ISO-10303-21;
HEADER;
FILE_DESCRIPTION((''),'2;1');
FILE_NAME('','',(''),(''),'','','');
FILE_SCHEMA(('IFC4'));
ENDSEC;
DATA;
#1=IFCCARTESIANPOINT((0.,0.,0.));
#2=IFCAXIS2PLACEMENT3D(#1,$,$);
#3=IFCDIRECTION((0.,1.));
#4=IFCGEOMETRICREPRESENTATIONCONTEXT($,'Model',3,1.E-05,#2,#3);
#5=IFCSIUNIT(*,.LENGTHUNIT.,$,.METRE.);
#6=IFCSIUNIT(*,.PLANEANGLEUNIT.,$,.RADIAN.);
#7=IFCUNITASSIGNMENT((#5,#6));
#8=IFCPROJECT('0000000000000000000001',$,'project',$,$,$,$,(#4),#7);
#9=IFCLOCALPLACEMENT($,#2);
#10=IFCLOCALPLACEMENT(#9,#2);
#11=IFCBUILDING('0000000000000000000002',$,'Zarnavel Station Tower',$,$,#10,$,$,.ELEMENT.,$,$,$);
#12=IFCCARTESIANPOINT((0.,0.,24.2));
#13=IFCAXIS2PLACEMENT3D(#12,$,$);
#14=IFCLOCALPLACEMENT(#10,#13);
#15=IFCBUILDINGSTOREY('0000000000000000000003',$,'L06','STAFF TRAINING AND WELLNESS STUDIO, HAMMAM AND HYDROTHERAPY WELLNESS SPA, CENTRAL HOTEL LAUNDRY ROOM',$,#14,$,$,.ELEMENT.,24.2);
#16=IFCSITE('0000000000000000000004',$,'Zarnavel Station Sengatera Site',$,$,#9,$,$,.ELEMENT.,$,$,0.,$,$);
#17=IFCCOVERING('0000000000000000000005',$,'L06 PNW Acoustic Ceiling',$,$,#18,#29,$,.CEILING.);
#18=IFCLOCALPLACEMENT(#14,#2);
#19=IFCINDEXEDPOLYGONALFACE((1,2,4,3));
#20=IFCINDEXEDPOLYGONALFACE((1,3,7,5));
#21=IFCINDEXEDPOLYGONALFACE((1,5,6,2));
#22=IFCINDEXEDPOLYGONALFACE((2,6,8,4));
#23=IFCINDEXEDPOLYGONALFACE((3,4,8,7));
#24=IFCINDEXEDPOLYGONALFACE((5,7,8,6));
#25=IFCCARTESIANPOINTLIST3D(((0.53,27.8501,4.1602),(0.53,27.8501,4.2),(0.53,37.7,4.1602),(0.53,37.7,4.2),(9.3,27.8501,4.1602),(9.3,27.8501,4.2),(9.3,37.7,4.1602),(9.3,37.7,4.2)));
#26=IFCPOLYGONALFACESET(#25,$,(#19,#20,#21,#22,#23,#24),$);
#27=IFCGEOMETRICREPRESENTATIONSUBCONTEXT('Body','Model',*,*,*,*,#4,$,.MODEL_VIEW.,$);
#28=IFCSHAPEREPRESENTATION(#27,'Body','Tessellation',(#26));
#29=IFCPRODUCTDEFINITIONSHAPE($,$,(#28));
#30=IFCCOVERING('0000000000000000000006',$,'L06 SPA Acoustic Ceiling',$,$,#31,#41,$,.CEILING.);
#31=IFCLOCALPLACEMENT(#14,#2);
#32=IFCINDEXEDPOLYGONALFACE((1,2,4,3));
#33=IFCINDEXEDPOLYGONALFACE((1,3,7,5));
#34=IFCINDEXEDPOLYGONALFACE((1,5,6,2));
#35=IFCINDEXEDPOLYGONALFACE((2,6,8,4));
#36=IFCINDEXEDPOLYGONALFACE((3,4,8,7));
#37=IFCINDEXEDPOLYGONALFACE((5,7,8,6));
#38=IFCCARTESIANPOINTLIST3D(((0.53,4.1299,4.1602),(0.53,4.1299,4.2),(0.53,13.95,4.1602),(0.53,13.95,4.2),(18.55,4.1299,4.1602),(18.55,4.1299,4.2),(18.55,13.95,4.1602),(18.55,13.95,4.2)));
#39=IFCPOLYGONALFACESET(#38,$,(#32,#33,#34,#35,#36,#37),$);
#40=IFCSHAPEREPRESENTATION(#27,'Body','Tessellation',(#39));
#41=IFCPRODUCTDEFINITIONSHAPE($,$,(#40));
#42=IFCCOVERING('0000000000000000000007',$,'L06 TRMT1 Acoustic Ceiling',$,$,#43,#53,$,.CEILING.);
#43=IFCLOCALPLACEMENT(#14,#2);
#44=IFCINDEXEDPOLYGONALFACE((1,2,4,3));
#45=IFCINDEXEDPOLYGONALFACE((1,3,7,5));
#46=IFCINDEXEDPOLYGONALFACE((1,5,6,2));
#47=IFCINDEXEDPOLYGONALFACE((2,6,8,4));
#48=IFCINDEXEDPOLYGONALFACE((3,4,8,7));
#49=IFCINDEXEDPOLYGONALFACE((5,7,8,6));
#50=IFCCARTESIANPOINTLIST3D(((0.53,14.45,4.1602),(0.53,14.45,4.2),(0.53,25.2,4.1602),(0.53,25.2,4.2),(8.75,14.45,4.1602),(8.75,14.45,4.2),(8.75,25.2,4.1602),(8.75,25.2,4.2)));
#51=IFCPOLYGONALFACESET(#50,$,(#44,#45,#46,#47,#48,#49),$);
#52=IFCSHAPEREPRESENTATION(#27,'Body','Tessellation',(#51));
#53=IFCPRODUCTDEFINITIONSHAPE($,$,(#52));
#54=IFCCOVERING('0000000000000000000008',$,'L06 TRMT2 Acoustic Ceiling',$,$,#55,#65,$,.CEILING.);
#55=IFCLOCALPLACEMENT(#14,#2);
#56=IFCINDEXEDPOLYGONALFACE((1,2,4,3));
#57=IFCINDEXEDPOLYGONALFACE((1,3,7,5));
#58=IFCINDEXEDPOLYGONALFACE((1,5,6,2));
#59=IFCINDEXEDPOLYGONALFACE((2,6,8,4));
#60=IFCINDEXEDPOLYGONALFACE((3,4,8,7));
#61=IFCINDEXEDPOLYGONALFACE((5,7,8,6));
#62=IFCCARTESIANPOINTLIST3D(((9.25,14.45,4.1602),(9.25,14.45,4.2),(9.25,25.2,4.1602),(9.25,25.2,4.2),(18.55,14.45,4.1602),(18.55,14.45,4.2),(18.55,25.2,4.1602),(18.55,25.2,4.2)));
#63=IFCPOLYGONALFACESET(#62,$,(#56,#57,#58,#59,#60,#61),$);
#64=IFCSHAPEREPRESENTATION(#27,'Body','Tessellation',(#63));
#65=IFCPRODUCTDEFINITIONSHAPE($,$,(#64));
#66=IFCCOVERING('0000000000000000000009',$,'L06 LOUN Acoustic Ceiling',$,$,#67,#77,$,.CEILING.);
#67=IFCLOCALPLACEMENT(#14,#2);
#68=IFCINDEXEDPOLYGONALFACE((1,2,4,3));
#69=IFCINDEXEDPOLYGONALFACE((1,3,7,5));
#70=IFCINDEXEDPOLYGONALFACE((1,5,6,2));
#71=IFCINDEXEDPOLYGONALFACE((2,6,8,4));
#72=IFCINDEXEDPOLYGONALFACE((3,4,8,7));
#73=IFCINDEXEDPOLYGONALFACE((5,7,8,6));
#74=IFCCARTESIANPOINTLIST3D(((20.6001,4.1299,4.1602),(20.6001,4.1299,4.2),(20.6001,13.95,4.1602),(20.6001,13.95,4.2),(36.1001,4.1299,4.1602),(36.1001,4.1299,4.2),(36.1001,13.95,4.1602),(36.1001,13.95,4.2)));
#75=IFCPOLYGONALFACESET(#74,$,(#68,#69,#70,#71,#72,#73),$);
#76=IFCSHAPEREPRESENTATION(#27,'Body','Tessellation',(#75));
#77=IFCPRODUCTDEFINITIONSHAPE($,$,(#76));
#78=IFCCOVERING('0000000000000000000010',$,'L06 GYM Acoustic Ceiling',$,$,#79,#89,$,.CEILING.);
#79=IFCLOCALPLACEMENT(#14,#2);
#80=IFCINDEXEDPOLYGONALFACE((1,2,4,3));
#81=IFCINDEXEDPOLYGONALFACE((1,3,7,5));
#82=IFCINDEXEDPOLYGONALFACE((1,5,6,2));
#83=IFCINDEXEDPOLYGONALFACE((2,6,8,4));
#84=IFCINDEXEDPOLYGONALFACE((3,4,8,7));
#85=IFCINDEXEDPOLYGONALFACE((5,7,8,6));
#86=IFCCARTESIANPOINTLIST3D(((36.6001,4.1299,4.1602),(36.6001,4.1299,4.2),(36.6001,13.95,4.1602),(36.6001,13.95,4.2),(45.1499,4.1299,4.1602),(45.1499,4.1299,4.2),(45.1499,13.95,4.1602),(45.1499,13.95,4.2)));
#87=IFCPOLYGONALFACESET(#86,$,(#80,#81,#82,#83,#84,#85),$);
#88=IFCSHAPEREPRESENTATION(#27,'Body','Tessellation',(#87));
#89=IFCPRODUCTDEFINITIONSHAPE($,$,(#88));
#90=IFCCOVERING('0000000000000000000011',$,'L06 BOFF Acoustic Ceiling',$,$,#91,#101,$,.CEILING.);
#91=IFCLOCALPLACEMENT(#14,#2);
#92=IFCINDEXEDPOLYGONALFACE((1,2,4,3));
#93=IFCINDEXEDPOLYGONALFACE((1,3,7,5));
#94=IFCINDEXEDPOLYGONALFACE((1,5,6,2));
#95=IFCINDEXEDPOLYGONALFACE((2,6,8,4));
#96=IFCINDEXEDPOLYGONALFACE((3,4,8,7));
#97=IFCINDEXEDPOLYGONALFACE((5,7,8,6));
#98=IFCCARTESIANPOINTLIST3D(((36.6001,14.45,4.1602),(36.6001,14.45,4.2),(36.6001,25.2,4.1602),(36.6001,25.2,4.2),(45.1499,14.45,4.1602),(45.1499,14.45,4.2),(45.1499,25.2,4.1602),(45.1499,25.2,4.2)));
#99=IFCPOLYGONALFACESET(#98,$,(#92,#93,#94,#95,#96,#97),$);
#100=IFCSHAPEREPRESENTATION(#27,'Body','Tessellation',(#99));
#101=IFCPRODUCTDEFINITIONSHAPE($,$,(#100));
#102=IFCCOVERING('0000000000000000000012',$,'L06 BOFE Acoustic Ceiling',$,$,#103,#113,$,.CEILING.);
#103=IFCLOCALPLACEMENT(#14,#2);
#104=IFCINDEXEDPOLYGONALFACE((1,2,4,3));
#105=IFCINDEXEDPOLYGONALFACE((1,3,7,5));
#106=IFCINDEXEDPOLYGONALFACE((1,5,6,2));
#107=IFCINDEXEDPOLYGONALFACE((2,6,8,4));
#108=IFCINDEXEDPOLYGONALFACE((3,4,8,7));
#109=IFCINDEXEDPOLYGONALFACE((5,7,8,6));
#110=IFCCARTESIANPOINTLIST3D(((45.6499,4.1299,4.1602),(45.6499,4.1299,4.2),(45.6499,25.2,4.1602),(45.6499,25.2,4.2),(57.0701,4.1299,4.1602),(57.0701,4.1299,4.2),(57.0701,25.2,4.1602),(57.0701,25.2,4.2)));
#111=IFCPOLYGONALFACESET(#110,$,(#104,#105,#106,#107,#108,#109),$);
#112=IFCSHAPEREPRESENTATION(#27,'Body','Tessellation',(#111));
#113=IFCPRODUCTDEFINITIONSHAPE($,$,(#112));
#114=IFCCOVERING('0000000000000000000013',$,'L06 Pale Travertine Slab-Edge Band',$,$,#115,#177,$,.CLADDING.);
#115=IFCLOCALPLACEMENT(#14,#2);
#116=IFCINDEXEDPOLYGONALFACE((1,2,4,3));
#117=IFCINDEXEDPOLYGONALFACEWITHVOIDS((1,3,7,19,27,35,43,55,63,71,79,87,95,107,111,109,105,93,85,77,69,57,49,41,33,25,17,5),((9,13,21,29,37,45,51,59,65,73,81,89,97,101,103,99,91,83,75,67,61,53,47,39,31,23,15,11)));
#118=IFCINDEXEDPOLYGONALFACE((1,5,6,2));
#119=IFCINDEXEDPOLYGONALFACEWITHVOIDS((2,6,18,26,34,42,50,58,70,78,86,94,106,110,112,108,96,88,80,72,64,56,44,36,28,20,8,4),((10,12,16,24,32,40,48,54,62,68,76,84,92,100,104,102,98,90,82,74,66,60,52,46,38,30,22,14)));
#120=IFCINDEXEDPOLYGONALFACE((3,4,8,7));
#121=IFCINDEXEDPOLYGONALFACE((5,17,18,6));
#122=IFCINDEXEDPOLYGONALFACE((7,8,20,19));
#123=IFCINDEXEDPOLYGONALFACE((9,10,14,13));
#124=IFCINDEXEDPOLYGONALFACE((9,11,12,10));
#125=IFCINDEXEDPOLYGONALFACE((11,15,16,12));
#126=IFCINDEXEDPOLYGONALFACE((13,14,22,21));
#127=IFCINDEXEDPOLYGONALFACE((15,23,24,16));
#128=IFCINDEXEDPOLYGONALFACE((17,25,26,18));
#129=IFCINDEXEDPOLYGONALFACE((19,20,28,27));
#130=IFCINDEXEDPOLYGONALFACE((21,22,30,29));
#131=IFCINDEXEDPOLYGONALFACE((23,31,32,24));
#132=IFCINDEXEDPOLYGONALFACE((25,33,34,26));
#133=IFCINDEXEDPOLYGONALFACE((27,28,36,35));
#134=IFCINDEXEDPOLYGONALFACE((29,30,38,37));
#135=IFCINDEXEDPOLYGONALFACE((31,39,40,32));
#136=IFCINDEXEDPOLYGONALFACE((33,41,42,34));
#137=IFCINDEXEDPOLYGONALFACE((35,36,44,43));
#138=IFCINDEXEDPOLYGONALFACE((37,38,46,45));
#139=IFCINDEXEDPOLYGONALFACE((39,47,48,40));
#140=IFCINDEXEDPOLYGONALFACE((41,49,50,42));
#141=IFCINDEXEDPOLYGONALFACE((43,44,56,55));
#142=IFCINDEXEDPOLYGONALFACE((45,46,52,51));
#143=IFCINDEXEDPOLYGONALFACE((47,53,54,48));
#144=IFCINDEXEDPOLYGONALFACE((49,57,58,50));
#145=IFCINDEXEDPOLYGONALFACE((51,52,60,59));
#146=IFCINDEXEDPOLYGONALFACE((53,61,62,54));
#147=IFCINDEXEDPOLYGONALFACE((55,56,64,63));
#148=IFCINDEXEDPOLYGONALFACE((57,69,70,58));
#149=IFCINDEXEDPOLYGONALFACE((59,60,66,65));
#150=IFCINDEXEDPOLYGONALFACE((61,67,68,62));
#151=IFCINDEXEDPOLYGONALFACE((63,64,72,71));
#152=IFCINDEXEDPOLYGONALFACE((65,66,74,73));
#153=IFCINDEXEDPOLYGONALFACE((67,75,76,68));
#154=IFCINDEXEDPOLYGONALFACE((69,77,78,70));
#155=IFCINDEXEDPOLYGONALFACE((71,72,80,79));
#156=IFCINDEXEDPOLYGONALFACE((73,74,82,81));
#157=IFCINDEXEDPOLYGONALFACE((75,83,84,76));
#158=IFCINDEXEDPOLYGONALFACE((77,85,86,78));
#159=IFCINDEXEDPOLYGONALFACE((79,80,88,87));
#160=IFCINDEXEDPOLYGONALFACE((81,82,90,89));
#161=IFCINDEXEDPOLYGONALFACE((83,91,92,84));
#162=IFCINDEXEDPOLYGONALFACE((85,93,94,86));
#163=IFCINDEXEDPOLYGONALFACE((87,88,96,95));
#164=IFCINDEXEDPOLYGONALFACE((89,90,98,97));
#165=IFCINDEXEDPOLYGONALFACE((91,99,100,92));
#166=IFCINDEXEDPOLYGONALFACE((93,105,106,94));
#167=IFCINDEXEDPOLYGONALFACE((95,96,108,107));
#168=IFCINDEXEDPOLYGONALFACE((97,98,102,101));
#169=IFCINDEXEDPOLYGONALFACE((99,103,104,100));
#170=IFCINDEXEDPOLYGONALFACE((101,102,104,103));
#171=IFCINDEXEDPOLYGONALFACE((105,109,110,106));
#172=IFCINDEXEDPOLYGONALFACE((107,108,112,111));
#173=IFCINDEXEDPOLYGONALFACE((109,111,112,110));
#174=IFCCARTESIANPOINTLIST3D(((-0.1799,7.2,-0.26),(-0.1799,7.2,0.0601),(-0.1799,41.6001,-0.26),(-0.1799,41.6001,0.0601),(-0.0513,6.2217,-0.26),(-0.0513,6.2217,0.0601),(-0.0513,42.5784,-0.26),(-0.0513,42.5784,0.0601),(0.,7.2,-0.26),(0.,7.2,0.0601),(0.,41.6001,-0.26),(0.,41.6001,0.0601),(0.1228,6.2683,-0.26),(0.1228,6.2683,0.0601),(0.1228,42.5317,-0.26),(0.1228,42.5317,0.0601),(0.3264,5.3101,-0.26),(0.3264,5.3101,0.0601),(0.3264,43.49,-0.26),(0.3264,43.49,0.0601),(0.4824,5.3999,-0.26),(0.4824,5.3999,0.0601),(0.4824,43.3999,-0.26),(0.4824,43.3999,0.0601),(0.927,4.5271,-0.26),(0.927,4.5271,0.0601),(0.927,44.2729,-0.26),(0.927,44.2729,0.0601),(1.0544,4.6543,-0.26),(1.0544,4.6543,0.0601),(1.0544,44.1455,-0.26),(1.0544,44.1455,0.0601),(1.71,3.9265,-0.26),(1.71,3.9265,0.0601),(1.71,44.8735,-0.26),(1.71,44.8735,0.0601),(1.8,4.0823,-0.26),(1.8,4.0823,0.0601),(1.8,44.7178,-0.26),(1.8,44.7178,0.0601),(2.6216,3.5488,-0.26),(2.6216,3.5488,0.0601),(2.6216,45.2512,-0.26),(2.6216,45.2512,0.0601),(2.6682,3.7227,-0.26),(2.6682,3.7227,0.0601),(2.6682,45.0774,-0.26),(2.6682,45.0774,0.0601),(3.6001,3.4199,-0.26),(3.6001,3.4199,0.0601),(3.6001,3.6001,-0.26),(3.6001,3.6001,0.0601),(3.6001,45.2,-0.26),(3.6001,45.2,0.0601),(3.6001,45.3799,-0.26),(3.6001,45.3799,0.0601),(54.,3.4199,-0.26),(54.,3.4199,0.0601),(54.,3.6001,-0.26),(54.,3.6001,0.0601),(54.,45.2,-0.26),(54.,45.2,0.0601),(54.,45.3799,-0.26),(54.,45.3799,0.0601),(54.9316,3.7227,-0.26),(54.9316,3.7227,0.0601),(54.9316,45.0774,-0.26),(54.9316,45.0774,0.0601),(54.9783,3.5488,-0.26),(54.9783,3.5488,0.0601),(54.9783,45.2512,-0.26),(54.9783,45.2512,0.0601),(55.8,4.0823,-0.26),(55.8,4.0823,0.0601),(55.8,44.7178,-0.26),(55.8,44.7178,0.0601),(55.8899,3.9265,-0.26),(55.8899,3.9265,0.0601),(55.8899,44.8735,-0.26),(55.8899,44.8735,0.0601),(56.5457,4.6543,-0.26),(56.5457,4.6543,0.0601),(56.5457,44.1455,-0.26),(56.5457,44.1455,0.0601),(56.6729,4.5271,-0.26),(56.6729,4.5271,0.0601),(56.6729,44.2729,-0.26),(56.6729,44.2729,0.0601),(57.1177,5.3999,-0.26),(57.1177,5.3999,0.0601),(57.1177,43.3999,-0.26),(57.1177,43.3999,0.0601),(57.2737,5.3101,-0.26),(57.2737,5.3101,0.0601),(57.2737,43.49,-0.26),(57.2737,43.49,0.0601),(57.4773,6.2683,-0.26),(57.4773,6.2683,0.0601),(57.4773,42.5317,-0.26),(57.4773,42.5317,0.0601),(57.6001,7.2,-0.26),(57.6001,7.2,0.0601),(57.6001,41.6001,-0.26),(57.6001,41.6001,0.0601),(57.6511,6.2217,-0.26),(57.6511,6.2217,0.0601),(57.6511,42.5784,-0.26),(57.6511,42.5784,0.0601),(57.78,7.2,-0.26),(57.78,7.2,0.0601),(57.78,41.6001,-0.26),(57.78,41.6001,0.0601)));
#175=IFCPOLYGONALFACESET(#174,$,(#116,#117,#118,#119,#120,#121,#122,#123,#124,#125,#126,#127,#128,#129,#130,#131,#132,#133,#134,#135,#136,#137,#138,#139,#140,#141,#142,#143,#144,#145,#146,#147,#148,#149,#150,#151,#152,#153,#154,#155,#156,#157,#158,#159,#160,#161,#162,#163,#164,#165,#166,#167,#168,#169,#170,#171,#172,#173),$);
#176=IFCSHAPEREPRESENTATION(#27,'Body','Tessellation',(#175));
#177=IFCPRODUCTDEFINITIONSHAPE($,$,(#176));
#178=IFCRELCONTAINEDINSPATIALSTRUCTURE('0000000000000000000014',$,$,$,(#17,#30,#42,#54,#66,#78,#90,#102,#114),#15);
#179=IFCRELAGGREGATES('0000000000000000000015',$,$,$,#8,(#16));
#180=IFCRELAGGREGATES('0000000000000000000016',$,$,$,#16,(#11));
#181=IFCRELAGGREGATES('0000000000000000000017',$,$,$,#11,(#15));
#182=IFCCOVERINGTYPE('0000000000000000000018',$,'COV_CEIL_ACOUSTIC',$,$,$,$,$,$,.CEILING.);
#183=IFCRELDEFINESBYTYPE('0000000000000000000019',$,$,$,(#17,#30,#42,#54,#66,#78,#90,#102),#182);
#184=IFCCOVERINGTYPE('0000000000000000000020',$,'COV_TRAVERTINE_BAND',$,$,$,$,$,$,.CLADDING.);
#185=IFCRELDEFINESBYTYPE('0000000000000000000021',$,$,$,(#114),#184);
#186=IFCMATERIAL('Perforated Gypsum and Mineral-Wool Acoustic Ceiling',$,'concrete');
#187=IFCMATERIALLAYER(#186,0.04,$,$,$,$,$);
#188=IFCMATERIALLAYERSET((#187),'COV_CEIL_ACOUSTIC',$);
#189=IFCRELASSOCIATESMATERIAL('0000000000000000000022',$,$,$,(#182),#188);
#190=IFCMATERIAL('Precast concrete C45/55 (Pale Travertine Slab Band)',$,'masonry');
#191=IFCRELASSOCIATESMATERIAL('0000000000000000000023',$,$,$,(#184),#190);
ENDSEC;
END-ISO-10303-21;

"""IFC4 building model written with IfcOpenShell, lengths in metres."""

from ifc_helpers import new_model, si_unit, direction, frame, origin, place, context, subcontext, project, spatial, polyline, outline, extrude, material, layer, layer_set, type_object, element, save


model = new_model("IFC4")

# Units and contexts
model_context = context("Model", 3, precision=1e-05, world=origin(), true_north=direction((0.0, 1.0)))
body_context = subcontext(model_context, "Body", "Model", "MODEL_VIEW")
ifc_project = project(units=[si_unit("LENGTHUNIT", "METRE"), si_unit("PLANEANGLEUNIT", "RADIAN")], contexts=[model_context])

# Site, building, storey
site_placement = place(None, origin())
site = spatial("IfcSite", under=ifc_project, at=site_placement, Name="Zarnavel Station Sengatera Site", CompositionType="ELEMENT", RefElevation=0.0)
building_placement = place(site_placement, origin())
building = spatial("IfcBuilding", under=site, at=building_placement, Name="Zarnavel Station Tower", CompositionType="ELEMENT")
storey_placement = place(building_placement, frame((0.0, 0.0, 24.2)))
storey = spatial("IfcBuildingStorey", under=building, at=storey_placement, Name="L06", Description="STAFF TRAINING AND WELLNESS STUDIO, HAMMAM AND HYDROTHERAPY WELLNESS SPA, CENTRAL HOTEL LAUNDRY ROOM", CompositionType="ELEMENT", Elevation=24.2)

# Coverings
ifc_material_1 = material(Name="Perforated Gypsum and Mineral-Wool Acoustic Ceiling", Category="concrete")
ifc_layer_1 = layer(ifc_material_1, 0.04)
ifc_layer_set_1 = layer_set([ifc_layer_1], Name="COV_CEIL_ACOUSTIC")
covering_type_1 = type_object("IfcCoveringType", Name="COV_CEIL_ACOUSTIC", PredefinedType="CEILING", material=ifc_layer_set_1)
covering_1_placement = place(storey_placement, frame((0.0, 0.0, 4.1602)))
element("IfcCovering", 1, at=covering_1_placement, inside=storey, type_object=covering_type_1, Name="L06 PNW Acoustic Ceiling", PredefinedType="CEILING", context=body_context, shape_type="SweptSolid", body=[
    extrude(outline(polyline([(0.53, 27.8501), (9.3, 27.8501), (9.3, 37.7), (0.53, 37.7), (0.53, 27.8501)])), origin(), (0.0, 0.0, 1.0), 0.0398),
])
covering_2_placement = place(storey_placement, frame((0.0, 0.0, 4.1602)))
element("IfcCovering", 2, at=covering_2_placement, inside=storey, type_object=covering_type_1, Name="L06 SPA Acoustic Ceiling", PredefinedType="CEILING", context=body_context, shape_type="SweptSolid", body=[
    extrude(outline(polyline([(0.53, 4.1299), (18.55, 4.1299), (18.55, 13.95), (0.53, 13.95), (0.53, 4.1299)])), origin(), (0.0, 0.0, 1.0), 0.0398),
])
covering_3_placement = place(storey_placement, frame((0.0, 0.0, 4.1602)))
element("IfcCovering", 3, at=covering_3_placement, inside=storey, type_object=covering_type_1, Name="L06 TRMT1 Acoustic Ceiling", PredefinedType="CEILING", context=body_context, shape_type="SweptSolid", body=[
    extrude(outline(polyline([(0.53, 14.45), (8.75, 14.45), (8.75, 25.2), (0.53, 25.2), (0.53, 14.45)])), origin(), (0.0, 0.0, 1.0), 0.0398),
])
covering_4_placement = place(storey_placement, frame((0.0, 0.0, 4.1602)))
element("IfcCovering", 4, at=covering_4_placement, inside=storey, type_object=covering_type_1, Name="L06 TRMT2 Acoustic Ceiling", PredefinedType="CEILING", context=body_context, shape_type="SweptSolid", body=[
    extrude(outline(polyline([(9.25, 14.45), (18.55, 14.45), (18.55, 25.2), (9.25, 25.2), (9.25, 14.45)])), origin(), (0.0, 0.0, 1.0), 0.0398),
])
covering_5_placement = place(storey_placement, frame((0.0, 0.0, 4.1602)))
element("IfcCovering", 5, at=covering_5_placement, inside=storey, type_object=covering_type_1, Name="L06 LOUN Acoustic Ceiling", PredefinedType="CEILING", context=body_context, shape_type="SweptSolid", body=[
    extrude(outline(polyline([(20.6001, 4.1299), (36.1001, 4.1299), (36.1001, 13.95), (20.6001, 13.95), (20.6001, 4.1299)])), origin(), (0.0, 0.0, 1.0), 0.0398),
])
covering_6_placement = place(storey_placement, frame((0.0, 0.0, 4.1602)))
element("IfcCovering", 6, at=covering_6_placement, inside=storey, type_object=covering_type_1, Name="L06 GYM Acoustic Ceiling", PredefinedType="CEILING", context=body_context, shape_type="SweptSolid", body=[
    extrude(outline(polyline([(36.6001, 4.1299), (45.1499, 4.1299), (45.1499, 13.95), (36.6001, 13.95), (36.6001, 4.1299)])), origin(), (0.0, 0.0, 1.0), 0.0398),
])
covering_7_placement = place(storey_placement, frame((0.0, 0.0, 4.1602)))
element("IfcCovering", 7, at=covering_7_placement, inside=storey, type_object=covering_type_1, Name="L06 BOFF Acoustic Ceiling", PredefinedType="CEILING", context=body_context, shape_type="SweptSolid", body=[
    extrude(outline(polyline([(36.6001, 14.45), (45.1499, 14.45), (45.1499, 25.2), (36.6001, 25.2), (36.6001, 14.45)])), origin(), (0.0, 0.0, 1.0), 0.0398),
])
covering_8_placement = place(storey_placement, frame((0.0, 0.0, 4.1602)))
element("IfcCovering", 8, at=covering_8_placement, inside=storey, type_object=covering_type_1, Name="L06 BOFE Acoustic Ceiling", PredefinedType="CEILING", context=body_context, shape_type="SweptSolid", body=[
    extrude(outline(polyline([(45.6499, 4.1299), (57.0701, 4.1299), (57.0701, 25.2), (45.6499, 25.2), (45.6499, 4.1299)])), origin(), (0.0, 0.0, 1.0), 0.0398),
])
ifc_material_2 = material(Name="Precast concrete C45/55 (Pale Travertine Slab Band)", Category="masonry")
covering_type_2 = type_object("IfcCoveringType", Name="COV_TRAVERTINE_BAND", PredefinedType="CLADDING", material=ifc_material_2)
covering_9_placement = place(storey_placement, frame((0.0, 0.0, -0.26)))
element("IfcCovering", 9, at=covering_9_placement, inside=storey, type_object=covering_type_2, Name="L06 Pale Travertine Slab-Edge Band", PredefinedType="CLADDING", context=body_context, shape_type="SweptSolid", body=[
    extrude(outline(polyline([(54.0, 3.4199), (54.9783, 3.5488), (55.8899, 3.9265), (56.6729, 4.5271), (57.2737, 5.3101), (57.6511, 6.2217), (57.78, 7.2), (57.78, 41.6001), (57.6511, 42.5784), (57.2737, 43.49), (56.6729, 44.2729), (55.8899, 44.8735), (54.9783, 45.2512), (54.0, 45.3799), (3.6001, 45.3799), (2.6216, 45.2512), (1.71, 44.8735), (0.927, 44.2729), (0.3264, 43.49), (-0.0513, 42.5784), (-0.1799, 41.6001), (-0.1799, 7.2), (-0.0513, 6.2217), (0.3264, 5.3101), (0.927, 4.5271), (1.71, 3.9265), (2.6216, 3.5488), (3.6001, 3.4199), (54.0, 3.4199)]), holes=[polyline([(54.0, 3.6001), (54.9316, 3.7227), (55.8, 4.0823), (56.5457, 4.6543), (57.1177, 5.3999), (57.4773, 6.2683), (57.6001, 7.2), (57.6001, 41.6001), (57.4773, 42.5317), (57.1177, 43.3999), (56.5457, 44.1455), (55.8, 44.7178), (54.9316, 45.0774), (54.0, 45.2), (3.6001, 45.2), (2.6682, 45.0774), (1.8, 44.7178), (1.0544, 44.1455), (0.4824, 43.3999), (0.1228, 42.5317), (0.0, 41.6001), (0.0, 7.2), (0.1228, 6.2683), (0.4824, 5.3999), (1.0544, 4.6543), (1.8, 4.0823), (2.6682, 3.7227), (3.6001, 3.6001), (54.0, 3.6001)])]), origin(), (0.0, 0.0, 1.0), 0.3201),
])

save(model, "model.ifc")
